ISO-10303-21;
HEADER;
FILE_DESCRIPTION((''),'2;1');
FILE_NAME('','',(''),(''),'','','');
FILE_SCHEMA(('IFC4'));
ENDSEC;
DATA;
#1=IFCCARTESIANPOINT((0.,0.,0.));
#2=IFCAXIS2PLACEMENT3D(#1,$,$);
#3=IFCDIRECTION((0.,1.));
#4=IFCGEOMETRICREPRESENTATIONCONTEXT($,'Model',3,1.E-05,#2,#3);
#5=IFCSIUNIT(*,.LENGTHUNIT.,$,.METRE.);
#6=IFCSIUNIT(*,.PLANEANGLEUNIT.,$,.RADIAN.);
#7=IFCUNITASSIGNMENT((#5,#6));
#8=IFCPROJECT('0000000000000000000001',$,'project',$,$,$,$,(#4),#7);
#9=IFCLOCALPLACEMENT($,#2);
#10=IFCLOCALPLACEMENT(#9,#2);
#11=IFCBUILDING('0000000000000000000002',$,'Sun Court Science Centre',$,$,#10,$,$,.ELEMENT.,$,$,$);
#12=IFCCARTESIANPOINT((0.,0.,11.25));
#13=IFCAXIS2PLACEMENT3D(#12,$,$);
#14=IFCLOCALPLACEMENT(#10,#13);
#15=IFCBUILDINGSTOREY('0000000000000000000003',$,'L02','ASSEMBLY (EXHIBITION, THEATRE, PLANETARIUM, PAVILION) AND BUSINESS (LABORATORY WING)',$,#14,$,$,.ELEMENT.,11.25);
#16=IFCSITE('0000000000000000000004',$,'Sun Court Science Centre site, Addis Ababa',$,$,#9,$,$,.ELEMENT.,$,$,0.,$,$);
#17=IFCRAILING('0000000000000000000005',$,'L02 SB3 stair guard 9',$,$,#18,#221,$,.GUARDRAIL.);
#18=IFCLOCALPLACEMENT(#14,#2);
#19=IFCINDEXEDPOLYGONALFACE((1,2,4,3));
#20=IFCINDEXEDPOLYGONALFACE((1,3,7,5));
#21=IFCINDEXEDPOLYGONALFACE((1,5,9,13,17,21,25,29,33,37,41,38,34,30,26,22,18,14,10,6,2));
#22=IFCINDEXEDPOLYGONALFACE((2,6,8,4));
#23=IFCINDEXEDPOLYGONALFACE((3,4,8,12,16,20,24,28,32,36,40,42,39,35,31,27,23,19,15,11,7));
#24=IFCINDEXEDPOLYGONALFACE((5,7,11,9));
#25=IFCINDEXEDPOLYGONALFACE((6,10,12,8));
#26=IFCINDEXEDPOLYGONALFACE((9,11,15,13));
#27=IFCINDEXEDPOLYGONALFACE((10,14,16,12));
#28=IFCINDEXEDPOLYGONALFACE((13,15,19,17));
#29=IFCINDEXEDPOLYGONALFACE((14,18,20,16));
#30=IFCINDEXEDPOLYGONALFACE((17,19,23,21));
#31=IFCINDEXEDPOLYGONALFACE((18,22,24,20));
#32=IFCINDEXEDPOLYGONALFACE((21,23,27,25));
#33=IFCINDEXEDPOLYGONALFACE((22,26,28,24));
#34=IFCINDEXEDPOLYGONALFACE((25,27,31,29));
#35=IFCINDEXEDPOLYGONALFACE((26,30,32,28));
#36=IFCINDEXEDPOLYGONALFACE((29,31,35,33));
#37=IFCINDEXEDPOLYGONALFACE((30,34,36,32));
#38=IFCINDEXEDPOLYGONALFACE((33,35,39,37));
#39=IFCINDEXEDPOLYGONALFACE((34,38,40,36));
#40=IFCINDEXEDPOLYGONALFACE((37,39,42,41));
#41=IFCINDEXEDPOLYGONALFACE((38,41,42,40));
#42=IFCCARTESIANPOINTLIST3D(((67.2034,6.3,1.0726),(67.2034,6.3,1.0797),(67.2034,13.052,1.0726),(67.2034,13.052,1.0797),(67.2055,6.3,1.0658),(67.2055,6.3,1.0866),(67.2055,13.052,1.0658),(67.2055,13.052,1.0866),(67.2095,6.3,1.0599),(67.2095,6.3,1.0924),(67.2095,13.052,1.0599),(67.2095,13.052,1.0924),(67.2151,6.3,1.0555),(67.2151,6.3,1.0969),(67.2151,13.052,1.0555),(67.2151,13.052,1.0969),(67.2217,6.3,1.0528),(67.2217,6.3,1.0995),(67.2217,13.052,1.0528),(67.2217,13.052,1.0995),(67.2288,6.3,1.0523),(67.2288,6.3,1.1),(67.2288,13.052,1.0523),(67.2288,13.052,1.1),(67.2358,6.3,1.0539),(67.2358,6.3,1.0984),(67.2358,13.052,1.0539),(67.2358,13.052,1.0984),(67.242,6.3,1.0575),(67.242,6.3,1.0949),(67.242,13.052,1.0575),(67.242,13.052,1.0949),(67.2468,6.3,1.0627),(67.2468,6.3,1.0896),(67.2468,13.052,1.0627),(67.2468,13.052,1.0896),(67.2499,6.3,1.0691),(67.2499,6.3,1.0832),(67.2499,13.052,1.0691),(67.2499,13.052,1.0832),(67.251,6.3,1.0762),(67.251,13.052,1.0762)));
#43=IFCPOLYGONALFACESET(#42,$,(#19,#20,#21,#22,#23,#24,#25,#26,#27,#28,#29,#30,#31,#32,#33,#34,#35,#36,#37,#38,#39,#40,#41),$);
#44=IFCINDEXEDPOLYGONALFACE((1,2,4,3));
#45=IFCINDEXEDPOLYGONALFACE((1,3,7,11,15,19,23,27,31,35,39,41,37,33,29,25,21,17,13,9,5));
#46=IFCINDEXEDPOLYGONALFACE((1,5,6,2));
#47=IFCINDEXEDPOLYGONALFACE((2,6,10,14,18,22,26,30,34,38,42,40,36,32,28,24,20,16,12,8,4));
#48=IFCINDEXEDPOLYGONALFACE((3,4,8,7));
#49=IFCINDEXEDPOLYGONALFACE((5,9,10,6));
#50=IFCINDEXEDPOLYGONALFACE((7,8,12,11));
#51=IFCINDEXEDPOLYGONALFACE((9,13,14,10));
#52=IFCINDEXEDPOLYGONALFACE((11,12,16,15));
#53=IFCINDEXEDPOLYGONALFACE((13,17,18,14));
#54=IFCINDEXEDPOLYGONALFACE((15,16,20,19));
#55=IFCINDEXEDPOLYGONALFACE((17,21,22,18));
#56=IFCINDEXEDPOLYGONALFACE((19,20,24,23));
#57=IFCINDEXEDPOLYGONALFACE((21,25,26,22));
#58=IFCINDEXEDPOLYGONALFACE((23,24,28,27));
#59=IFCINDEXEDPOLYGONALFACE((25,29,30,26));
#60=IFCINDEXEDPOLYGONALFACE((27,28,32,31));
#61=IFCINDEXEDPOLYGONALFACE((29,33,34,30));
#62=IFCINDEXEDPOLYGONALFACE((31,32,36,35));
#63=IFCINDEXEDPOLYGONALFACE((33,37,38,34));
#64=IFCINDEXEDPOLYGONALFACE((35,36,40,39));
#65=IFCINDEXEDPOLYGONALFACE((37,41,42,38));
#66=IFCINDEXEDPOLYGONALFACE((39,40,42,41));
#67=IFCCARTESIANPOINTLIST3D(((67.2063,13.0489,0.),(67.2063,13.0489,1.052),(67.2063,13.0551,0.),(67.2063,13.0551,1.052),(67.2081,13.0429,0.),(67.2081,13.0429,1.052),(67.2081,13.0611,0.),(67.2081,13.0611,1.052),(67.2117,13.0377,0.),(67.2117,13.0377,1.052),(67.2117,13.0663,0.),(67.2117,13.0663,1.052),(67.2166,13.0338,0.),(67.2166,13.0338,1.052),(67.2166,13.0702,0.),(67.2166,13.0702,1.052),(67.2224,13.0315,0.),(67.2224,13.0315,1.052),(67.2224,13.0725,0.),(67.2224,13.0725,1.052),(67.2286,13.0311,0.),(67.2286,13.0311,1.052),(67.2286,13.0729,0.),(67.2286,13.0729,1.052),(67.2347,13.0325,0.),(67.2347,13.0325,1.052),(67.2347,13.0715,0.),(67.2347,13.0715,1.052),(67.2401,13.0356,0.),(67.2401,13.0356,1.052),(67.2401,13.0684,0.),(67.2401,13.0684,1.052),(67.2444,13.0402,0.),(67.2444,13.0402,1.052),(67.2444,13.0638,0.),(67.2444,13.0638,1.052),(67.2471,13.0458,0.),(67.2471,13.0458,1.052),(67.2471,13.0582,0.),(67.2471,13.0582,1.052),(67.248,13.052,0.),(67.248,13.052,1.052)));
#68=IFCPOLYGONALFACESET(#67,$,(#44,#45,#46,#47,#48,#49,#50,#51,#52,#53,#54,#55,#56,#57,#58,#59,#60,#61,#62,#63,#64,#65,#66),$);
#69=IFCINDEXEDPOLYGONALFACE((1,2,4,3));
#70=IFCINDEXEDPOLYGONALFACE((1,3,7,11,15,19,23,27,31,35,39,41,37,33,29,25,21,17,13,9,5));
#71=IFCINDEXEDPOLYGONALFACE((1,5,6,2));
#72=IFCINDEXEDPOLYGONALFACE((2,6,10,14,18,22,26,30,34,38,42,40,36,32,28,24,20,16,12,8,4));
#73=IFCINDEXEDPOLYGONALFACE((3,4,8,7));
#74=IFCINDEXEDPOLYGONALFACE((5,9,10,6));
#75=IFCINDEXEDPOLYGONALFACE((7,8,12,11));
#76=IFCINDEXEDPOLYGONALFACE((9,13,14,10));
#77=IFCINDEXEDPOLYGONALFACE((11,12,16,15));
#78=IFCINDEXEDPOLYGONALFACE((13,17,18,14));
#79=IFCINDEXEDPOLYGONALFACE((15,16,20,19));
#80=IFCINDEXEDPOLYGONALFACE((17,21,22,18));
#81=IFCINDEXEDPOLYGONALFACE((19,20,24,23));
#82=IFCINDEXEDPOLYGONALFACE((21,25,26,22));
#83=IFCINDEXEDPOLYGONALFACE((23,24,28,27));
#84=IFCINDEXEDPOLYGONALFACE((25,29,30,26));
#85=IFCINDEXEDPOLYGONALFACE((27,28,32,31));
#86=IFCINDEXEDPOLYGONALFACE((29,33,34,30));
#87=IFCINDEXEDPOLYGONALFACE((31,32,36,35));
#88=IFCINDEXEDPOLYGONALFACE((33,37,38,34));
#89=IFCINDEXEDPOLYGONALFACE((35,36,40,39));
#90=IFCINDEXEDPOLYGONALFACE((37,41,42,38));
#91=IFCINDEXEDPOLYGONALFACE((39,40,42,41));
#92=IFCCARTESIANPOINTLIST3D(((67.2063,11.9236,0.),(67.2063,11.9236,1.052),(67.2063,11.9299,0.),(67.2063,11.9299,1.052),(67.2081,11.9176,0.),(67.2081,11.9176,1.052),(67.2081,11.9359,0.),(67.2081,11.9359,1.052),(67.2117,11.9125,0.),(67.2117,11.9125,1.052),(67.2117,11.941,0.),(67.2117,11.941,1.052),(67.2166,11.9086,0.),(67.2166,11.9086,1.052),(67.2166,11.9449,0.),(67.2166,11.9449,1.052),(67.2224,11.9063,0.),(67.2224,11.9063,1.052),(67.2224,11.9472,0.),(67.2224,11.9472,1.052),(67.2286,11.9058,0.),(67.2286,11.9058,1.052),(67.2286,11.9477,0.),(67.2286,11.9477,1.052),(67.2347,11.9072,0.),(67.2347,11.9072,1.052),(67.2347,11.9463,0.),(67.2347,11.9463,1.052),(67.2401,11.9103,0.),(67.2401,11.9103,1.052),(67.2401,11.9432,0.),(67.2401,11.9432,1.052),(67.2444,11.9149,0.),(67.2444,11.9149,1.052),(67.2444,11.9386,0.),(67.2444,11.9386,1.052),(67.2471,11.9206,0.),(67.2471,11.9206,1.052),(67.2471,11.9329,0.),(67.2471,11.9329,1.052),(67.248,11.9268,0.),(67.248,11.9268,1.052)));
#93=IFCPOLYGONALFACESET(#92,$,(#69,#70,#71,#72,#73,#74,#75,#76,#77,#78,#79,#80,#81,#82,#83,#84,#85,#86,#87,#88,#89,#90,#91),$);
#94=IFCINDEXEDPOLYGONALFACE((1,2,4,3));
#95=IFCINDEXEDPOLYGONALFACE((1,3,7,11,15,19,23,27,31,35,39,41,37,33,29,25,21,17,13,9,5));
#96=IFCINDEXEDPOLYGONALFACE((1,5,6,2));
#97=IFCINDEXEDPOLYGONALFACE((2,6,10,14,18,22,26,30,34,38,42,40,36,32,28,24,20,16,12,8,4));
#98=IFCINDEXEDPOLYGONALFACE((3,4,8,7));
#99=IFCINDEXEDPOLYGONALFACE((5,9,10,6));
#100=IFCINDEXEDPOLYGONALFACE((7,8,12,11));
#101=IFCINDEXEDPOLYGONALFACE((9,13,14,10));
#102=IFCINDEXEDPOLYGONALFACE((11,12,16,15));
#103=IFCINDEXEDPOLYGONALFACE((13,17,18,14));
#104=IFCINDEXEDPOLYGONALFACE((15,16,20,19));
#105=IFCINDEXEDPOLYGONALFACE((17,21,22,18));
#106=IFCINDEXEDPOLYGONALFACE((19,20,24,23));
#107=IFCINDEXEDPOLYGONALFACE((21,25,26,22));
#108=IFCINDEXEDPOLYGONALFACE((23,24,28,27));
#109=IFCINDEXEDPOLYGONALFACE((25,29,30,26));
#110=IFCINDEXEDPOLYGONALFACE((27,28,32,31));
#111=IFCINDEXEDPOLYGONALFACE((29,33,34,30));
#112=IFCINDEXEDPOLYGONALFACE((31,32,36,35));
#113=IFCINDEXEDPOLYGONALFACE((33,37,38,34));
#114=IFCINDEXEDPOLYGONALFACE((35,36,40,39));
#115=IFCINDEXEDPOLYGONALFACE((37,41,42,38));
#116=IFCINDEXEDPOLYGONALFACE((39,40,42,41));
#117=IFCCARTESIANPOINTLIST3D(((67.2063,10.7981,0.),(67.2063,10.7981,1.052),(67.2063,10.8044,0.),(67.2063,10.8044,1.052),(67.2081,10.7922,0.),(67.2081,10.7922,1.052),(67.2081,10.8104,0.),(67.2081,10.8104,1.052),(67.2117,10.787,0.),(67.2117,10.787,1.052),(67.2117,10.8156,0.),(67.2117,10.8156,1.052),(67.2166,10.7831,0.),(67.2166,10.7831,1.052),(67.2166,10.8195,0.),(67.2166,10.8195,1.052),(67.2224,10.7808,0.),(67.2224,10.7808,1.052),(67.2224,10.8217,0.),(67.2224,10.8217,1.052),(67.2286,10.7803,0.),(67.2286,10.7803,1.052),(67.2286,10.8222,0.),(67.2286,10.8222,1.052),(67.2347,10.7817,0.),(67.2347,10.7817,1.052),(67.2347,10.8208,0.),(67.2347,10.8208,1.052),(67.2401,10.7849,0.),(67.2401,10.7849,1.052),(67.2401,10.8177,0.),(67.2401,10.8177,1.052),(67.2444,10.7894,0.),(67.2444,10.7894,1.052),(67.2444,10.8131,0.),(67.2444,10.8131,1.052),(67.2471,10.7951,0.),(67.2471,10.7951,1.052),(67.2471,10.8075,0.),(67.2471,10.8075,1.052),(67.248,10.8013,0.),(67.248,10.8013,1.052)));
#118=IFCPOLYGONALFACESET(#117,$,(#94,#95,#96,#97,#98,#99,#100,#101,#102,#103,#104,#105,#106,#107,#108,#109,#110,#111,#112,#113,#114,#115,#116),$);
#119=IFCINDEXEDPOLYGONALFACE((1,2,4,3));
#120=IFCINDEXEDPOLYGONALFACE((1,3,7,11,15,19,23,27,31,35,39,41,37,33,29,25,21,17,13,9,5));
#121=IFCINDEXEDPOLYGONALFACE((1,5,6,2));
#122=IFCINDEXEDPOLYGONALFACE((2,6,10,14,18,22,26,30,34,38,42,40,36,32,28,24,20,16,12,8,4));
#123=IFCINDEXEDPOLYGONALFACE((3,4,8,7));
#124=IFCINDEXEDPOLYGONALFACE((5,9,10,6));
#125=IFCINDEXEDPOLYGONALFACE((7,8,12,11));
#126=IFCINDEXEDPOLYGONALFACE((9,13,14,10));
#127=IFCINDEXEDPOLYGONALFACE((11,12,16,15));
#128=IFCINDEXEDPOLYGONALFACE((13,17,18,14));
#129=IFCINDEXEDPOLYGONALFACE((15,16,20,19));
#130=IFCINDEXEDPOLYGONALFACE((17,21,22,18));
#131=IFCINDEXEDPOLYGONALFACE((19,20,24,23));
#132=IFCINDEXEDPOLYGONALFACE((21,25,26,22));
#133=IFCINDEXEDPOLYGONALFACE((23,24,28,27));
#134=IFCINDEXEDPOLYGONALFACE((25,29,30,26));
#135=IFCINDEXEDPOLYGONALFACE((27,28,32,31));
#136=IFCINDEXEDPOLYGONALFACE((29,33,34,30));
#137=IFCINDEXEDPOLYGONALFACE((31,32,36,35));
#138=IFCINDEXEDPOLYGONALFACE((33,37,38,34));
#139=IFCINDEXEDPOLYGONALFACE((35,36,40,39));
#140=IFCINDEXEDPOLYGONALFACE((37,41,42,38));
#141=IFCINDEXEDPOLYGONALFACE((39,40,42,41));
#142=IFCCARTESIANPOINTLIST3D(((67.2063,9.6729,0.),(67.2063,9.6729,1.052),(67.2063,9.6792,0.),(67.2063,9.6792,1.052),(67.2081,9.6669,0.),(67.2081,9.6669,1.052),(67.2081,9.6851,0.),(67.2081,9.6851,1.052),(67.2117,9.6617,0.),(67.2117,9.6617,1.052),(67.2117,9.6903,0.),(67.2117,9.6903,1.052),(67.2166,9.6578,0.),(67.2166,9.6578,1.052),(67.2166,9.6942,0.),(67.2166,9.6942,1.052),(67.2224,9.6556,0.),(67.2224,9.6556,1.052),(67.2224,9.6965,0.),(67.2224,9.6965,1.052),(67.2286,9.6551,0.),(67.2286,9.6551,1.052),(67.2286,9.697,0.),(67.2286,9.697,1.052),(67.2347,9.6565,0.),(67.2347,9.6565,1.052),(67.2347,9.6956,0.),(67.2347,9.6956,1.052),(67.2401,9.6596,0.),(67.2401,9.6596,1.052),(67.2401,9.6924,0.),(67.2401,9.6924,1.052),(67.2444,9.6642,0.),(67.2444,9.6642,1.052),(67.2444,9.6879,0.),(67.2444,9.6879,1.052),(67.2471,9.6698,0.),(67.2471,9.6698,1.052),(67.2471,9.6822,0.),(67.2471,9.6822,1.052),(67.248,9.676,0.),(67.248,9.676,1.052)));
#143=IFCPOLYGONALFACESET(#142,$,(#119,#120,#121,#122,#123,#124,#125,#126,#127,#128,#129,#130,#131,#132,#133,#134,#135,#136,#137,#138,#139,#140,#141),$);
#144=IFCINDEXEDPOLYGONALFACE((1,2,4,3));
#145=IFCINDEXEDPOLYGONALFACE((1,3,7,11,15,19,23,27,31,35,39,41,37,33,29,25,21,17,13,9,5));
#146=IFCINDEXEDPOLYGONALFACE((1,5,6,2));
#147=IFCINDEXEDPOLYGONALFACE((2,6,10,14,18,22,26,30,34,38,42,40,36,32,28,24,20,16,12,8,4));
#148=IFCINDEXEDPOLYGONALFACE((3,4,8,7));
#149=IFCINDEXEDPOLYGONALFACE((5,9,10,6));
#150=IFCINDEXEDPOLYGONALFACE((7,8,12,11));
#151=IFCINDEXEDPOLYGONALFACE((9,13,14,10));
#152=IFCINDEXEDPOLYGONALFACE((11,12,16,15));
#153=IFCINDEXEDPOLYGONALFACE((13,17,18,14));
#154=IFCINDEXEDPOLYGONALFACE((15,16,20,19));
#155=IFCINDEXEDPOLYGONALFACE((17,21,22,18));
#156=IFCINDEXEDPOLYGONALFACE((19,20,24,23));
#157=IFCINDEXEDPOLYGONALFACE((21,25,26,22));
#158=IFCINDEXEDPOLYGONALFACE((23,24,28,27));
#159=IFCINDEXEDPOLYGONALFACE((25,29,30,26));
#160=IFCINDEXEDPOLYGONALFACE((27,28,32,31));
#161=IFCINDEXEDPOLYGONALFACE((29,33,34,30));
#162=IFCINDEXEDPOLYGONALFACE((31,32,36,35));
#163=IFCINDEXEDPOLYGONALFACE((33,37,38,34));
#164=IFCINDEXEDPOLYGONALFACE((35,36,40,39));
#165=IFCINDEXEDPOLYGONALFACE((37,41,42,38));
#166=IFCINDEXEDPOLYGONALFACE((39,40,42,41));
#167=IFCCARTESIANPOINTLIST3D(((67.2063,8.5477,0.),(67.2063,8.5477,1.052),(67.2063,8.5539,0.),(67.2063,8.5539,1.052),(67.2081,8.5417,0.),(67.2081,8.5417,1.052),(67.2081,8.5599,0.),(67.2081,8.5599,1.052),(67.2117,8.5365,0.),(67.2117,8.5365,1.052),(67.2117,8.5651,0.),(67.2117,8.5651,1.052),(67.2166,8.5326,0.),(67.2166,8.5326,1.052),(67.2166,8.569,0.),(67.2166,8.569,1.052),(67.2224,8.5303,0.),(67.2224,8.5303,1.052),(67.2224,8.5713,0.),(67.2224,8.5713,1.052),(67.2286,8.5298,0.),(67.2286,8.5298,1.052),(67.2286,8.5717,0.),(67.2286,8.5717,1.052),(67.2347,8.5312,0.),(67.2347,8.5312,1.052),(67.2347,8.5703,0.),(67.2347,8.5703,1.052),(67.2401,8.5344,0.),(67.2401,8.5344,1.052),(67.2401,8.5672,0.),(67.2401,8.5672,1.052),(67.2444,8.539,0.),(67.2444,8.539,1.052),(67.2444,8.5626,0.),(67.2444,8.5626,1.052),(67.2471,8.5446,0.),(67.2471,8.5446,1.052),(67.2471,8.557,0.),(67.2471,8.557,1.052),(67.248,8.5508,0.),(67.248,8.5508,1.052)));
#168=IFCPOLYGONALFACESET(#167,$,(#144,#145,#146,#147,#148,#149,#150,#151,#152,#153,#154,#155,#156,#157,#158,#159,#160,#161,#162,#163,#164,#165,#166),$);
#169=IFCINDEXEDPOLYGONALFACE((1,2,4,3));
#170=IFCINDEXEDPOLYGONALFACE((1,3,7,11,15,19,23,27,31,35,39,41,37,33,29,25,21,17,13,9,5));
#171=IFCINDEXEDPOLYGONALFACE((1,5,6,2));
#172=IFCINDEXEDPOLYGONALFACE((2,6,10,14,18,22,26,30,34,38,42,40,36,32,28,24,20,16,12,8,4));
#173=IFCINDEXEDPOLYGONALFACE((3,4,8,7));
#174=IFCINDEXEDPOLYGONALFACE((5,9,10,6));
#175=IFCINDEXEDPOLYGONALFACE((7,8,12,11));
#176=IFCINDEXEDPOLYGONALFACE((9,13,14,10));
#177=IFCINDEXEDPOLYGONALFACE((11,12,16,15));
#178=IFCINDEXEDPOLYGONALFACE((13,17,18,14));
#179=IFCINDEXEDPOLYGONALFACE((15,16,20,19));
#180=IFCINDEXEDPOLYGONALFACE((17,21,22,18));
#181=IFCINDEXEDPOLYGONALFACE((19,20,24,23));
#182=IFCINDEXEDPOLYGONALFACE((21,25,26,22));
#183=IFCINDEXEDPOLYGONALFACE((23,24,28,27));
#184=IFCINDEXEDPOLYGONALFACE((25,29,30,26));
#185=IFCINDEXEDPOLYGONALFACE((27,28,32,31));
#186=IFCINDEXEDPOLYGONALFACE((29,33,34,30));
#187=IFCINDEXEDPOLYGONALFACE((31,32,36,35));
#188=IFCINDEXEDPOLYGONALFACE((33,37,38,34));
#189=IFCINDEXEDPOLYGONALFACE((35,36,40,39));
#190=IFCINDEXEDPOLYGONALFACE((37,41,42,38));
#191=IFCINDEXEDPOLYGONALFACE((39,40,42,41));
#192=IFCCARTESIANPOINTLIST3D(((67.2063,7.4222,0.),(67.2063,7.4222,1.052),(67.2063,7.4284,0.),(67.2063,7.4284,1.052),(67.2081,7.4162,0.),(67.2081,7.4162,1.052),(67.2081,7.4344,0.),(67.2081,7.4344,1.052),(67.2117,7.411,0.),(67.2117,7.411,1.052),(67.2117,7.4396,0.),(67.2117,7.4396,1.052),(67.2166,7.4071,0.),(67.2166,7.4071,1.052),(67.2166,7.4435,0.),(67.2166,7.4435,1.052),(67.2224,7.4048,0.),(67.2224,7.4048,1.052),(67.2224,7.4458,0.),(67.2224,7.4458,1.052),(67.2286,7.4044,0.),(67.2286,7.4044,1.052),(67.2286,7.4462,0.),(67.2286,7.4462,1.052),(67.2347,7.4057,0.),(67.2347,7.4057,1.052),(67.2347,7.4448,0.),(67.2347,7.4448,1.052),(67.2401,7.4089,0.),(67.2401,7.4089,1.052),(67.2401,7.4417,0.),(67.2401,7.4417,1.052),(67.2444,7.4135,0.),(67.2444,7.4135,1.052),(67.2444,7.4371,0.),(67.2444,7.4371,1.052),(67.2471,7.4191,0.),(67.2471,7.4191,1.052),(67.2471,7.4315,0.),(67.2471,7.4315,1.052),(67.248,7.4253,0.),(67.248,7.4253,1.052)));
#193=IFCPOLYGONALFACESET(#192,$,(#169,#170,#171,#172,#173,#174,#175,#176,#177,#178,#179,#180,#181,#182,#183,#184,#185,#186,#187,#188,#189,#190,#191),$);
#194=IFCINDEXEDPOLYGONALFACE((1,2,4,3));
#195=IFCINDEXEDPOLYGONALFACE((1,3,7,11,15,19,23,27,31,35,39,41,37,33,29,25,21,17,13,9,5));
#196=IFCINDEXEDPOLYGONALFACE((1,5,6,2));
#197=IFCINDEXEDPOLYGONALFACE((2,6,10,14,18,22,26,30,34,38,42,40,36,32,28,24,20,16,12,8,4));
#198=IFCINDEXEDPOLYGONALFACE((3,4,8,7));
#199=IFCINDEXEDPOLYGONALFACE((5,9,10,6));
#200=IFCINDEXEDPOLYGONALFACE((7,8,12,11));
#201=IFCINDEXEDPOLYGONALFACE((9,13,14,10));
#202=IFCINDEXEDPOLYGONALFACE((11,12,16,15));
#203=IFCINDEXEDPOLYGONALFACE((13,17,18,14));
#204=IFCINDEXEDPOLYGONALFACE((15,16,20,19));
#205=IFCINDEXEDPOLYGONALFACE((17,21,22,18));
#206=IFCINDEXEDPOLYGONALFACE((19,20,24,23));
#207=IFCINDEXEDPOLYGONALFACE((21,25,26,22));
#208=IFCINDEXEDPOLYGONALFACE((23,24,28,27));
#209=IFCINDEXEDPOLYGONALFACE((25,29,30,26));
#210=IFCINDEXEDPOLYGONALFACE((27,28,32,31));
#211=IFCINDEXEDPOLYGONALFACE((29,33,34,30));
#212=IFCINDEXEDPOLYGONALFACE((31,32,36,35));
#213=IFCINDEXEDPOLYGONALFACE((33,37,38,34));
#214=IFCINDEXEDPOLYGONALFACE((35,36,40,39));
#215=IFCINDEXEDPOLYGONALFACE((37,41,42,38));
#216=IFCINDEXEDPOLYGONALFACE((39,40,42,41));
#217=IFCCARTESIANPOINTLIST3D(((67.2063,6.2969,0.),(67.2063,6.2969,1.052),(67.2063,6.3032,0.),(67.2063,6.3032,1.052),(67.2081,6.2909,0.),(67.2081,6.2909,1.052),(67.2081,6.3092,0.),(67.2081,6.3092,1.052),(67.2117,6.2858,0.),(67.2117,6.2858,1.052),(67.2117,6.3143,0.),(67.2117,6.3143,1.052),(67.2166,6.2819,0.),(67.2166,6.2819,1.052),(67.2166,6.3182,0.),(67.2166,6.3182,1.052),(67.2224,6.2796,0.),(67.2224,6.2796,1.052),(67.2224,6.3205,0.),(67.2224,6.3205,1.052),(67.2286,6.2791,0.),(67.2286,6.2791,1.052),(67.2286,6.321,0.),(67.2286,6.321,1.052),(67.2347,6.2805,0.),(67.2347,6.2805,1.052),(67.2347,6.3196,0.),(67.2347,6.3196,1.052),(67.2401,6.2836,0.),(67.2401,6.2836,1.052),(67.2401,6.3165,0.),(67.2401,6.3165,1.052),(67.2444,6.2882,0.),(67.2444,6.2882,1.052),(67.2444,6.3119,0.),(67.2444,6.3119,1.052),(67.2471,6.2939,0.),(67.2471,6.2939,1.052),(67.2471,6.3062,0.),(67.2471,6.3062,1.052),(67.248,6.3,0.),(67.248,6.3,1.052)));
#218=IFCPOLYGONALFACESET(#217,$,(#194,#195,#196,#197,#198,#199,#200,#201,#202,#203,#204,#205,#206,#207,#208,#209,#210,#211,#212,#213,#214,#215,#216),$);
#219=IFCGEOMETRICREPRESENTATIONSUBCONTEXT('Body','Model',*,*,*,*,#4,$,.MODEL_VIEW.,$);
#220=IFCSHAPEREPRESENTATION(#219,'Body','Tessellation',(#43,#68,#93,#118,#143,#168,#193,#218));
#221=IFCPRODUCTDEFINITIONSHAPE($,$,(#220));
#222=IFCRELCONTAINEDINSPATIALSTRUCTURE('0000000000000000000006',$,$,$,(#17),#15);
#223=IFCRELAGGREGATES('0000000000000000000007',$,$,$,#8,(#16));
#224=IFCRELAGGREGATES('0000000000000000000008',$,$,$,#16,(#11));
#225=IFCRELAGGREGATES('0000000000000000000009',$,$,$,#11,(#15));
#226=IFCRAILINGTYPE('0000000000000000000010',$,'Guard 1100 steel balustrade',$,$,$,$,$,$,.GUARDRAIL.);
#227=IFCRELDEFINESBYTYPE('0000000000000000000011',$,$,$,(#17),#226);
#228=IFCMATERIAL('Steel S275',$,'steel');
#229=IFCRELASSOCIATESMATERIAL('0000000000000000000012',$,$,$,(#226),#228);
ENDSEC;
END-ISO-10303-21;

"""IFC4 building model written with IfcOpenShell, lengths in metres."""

from ifc_helpers import new_model, si_unit, direction, frame, origin, origin_2d, place, context, subcontext, project, spatial, circle, extrude, material, type_object, element, save


model = new_model("IFC4")

# Units and contexts
model_context = context("Model", 3, precision=1e-05, world=origin(), true_north=direction((0.0, 1.0)))
body_context = subcontext(model_context, "Body", "Model", "MODEL_VIEW")
ifc_project = project(units=[si_unit("LENGTHUNIT", "METRE"), si_unit("PLANEANGLEUNIT", "RADIAN")], contexts=[model_context])

# Site, building, storey
site_placement = place(None, origin())
site = spatial("IfcSite", under=ifc_project, at=site_placement, Name="Sun Court Science Centre site, Addis Ababa", CompositionType="ELEMENT", RefElevation=0.0)
building_placement = place(site_placement, origin())
building = spatial("IfcBuilding", under=site, at=building_placement, Name="Sun Court Science Centre", CompositionType="ELEMENT")
storey_placement = place(building_placement, frame((0.0, 0.0, 11.25)))
storey = spatial("IfcBuildingStorey", under=building, at=storey_placement, Name="L02", Description="ASSEMBLY (EXHIBITION, THEATRE, PLANETARIUM, PAVILION) AND BUSINESS (LABORATORY WING)", CompositionType="ELEMENT", Elevation=11.25)

# Railing
ifc_material_1 = material(Name="Steel S275", Category="steel")
railing_type_1 = type_object("IfcRailingType", Name="Guard 1100 steel balustrade", PredefinedType="GUARDRAIL", material=ifc_material_1)
railing_1_placement = place(storey_placement, frame((67.2271, 13.052, 0.0)))
element("IfcRailing", 1, at=railing_1_placement, inside=storey, type_object=railing_type_1, Name="L02 SB3 stair guard 9", PredefinedType="GUARDRAIL", context=body_context, shape_type="SweptSolid", body=[
    extrude(circle(Radius=0.0239, at=origin_2d()), frame((0.0, 0.0, 1.0762), z_axis=(0.0, -1.0, 0.0), x_axis=(1.0, 0.0, 0.0)), (0.0, 0.0, 1.0), 6.752),
    extrude(circle(Radius=0.021, at=origin_2d()), origin(), (0.0, 0.0, 1.0), 1.052),
    extrude(circle(Radius=0.021, at=origin_2d()), frame((0.0, -1.1252, 0.0)), (0.0, 0.0, 1.0), 1.052),
    extrude(circle(Radius=0.021, at=origin_2d()), frame((0.0, -2.2507, 0.0)), (0.0, 0.0, 1.0), 1.052),
    extrude(circle(Radius=0.021, at=origin_2d()), frame((0.0, -3.376, 0.0)), (0.0, 0.0, 1.0), 1.052),
    extrude(circle(Radius=0.021, at=origin_2d()), frame((0.0, -4.5012, 0.0)), (0.0, 0.0, 1.0), 1.052),
    extrude(circle(Radius=0.021, at=origin_2d()), frame((0.0, -5.6267, 0.0)), (0.0, 0.0, 1.0), 1.052),
    extrude(circle(Radius=0.021, at=origin_2d()), frame((0.0, -6.752, 0.0)), (0.0, 0.0, 1.0), 1.052),
])

save(model, "model.ifc")
